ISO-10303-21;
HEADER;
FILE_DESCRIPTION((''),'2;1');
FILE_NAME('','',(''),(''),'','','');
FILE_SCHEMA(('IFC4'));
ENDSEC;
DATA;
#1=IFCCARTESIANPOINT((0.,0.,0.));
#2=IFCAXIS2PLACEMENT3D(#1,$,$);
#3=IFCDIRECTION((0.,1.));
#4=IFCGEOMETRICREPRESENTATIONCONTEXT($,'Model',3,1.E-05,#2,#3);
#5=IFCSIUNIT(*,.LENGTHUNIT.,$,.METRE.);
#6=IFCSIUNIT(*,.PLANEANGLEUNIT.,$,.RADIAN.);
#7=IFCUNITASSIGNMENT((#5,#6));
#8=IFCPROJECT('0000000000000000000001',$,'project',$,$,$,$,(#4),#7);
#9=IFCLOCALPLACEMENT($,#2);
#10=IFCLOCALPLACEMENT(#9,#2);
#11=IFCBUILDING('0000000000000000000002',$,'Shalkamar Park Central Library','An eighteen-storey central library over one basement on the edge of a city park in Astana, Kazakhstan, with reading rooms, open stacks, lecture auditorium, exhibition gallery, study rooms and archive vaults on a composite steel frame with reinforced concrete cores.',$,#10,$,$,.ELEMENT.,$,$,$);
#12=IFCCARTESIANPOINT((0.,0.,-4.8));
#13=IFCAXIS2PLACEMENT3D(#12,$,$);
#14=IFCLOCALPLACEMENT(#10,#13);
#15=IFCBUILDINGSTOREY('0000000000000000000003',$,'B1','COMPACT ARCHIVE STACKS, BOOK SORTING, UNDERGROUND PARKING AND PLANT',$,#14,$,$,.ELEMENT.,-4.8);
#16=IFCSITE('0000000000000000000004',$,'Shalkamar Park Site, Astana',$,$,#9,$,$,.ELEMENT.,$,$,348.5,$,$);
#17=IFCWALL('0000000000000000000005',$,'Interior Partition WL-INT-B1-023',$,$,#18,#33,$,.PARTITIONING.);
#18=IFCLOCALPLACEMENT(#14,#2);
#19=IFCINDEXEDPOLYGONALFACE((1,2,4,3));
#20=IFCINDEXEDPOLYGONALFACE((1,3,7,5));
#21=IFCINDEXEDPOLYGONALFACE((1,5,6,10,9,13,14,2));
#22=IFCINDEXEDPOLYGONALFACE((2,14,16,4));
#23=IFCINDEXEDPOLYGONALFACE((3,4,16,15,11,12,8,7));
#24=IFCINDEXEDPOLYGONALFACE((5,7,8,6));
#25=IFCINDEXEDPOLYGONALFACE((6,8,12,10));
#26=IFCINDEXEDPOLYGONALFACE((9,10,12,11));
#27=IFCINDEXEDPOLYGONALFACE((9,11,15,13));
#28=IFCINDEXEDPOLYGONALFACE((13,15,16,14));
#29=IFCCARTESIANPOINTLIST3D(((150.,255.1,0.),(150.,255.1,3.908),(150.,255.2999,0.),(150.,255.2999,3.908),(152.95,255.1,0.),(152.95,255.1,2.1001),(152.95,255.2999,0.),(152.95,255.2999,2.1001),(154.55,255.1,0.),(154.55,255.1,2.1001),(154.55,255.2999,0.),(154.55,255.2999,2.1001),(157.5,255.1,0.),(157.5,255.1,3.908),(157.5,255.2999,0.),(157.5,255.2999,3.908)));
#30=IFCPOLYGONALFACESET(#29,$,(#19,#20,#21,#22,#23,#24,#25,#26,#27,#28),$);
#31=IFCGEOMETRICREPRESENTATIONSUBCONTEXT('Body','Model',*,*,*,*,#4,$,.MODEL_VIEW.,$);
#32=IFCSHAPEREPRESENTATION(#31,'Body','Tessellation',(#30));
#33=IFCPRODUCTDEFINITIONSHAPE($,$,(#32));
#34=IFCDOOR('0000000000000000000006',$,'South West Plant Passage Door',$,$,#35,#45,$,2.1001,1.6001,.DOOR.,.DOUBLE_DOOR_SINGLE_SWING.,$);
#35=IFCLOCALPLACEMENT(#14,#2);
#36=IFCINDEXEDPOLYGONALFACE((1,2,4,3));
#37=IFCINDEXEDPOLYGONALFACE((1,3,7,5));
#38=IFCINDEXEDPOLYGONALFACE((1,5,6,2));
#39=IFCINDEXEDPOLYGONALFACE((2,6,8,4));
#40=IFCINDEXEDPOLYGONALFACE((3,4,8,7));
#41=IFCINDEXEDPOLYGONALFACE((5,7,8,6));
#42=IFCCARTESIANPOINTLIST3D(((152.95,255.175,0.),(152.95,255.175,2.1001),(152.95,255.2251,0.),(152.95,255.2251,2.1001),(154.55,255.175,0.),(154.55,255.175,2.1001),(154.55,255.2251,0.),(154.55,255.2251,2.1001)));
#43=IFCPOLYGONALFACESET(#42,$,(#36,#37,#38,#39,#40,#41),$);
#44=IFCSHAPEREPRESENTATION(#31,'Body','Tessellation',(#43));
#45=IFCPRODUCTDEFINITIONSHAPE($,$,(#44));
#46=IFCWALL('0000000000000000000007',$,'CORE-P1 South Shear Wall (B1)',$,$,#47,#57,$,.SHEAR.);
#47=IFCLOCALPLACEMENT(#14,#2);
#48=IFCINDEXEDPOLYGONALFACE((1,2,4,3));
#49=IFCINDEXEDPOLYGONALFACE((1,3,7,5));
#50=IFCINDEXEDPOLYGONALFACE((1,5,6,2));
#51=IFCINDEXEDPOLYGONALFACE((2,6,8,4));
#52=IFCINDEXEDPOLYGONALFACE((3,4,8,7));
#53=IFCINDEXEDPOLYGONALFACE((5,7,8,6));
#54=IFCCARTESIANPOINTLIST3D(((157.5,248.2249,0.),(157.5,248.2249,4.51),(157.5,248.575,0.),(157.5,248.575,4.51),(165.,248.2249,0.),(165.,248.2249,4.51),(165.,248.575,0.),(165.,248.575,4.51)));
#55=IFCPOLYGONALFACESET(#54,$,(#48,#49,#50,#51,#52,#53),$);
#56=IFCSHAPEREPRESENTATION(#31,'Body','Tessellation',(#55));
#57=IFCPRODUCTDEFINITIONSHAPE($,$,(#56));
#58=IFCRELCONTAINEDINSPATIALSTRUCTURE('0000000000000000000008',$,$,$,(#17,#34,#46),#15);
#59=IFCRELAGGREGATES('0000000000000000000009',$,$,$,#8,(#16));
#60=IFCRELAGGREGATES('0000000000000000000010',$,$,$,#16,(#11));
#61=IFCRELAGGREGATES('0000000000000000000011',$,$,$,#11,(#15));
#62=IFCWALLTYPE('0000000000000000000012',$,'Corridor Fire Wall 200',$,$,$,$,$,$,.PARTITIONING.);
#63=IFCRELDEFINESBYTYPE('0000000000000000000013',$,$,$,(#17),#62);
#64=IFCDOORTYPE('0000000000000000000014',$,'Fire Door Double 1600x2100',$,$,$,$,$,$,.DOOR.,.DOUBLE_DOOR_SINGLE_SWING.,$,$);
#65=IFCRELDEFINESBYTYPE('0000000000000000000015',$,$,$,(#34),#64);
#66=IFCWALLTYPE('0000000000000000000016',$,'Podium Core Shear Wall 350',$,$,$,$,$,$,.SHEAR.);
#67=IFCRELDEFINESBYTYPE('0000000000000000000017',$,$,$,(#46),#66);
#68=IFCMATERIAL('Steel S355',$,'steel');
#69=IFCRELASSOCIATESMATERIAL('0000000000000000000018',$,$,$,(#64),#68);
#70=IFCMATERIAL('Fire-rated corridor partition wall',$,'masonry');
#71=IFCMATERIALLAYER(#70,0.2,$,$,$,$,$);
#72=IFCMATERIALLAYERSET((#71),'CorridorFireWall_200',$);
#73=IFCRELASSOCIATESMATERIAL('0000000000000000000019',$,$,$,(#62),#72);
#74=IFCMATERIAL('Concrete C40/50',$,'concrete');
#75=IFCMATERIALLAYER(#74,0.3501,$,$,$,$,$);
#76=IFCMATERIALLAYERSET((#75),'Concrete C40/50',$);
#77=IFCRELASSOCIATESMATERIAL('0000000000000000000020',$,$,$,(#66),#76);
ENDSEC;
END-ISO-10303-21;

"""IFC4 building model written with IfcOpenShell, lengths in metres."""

from ifc_helpers import new_model, si_unit, direction, frame, frame_2d, origin, place, context, subcontext, project, spatial, rectangle, extrude, material, layer, layer_set, type_object, element, fill, save


model = new_model("IFC4")

# Units and contexts
model_context = context("Model", 3, precision=1e-05, world=origin(), true_north=direction((0.0, 1.0)))
body_context = subcontext(model_context, "Body", "Model", "MODEL_VIEW")
ifc_project = project(units=[si_unit("LENGTHUNIT", "METRE"), si_unit("PLANEANGLEUNIT", "RADIAN")], contexts=[model_context])

# Site, building, storey
site_placement = place(None, origin())
site = spatial("IfcSite", under=ifc_project, at=site_placement, Name="Shalkamar Park Site, Astana", CompositionType="ELEMENT", RefElevation=348.5)
building_placement = place(site_placement, origin())
building = spatial("IfcBuilding", under=site, at=building_placement, Name="Shalkamar Park Central Library", Description="An eighteen-storey central library over one basement on the edge of a city park in Astana, Kazakhstan, with reading rooms, open stacks, lecture auditorium, exhibition gallery, study rooms and archive vaults on a composite steel frame with reinforced concrete cores.", CompositionType="ELEMENT")
storey_placement = place(building_placement, frame((0.0, 0.0, -4.8)))
storey = spatial("IfcBuildingStorey", under=building, at=storey_placement, Name="B1", Description="COMPACT ARCHIVE STACKS, BOOK SORTING, UNDERGROUND PARKING AND PLANT", CompositionType="ELEMENT", Elevation=-4.8)

# Shared definitions
ifc_material_1 = material(Name="Concrete C40/50", Category="concrete")
ifc_material_2 = material(Name="Steel S355", Category="steel")

# Shared definitions
door_type_1 = type_object("IfcDoorType", Name="Fire Door Double 1600x2100", OperationType="DOUBLE_DOOR_SINGLE_SWING", PredefinedType="DOOR", material=ifc_material_2)

# Shared definitions
ifc_material_3 = material(Name="Fire-rated corridor partition wall", Category="masonry")
ifc_layer_1 = layer(ifc_material_3, 0.2)
ifc_layer_set_1 = layer_set([ifc_layer_1], Name="CorridorFireWall_200")
wall_type_1 = type_object("IfcWallType", Name="Corridor Fire Wall 200", PredefinedType="PARTITIONING", material=ifc_layer_set_1)

# Wall, opening, door
wall_1_placement = place(storey_placement, frame((150.0, 255.2, 0.0), z_axis=(0.0, 0.0, 1.0), x_axis=(1.0, 0.0, 0.0)))
wall_1 = element("IfcWall", 1, at=wall_1_placement, inside=storey, type_object=wall_type_1, Name="Interior Partition WL-INT-B1-023", PredefinedType="PARTITIONING", context=body_context, shape_type="SweptSolid", body=[
    extrude(rectangle(XDim=7.5, YDim=0.2, at=frame_2d((3.75, 0.0))), origin(), (0.0, 0.0, 1.0), 3.908),
])
opening_1_placement = place(wall_1_placement, frame((2.95, 0.0, 0.0)))
opening_1 = element("IfcOpeningElement", 2, at=opening_1_placement, cuts=wall_1, PredefinedType="OPENING", context=body_context, shape_type="SweptSolid", body=[
    extrude(rectangle(XDim=1.6001, YDim=2.1001, at=frame_2d((0.8, 1.05))), frame((0.0, 0.1147, 0.0), z_axis=(0.0, -1.0, 0.0), x_axis=(1.0, 0.0, 0.0)), (0.0, 0.0, 1.0), 0.2297),
])
door_1_placement = place(opening_1_placement, frame((1.6001, 0.0, 0.0), z_axis=(0.0, 0.0, 1.0), x_axis=(-1.0, 0.0, 0.0)))
door_1 = element("IfcDoor", 3, at=door_1_placement, inside=storey, type_object=door_type_1, Name="South West Plant Passage Door", OperationType="DOUBLE_DOOR_SINGLE_SWING", OverallHeight=2.1001, OverallWidth=1.6001, PredefinedType="DOOR", context=body_context, shape_type="SweptSolid", body=[
    extrude(rectangle(XDim=1.6001, YDim=2.1001, at=frame_2d((0.8, 1.05))), frame((0.0, 0.0249, 0.0), z_axis=(0.0, -1.0, 0.0), x_axis=(1.0, 0.0, 0.0)), (0.0, 0.0, 1.0), 0.05),
])
fill(opening_1, door_1)

# Wall
ifc_layer_2 = layer(ifc_material_1, 0.3501)
ifc_layer_set_2 = layer_set([ifc_layer_2], Name="Concrete C40/50")
wall_type_2 = type_object("IfcWallType", Name="Podium Core Shear Wall 350", PredefinedType="SHEAR", material=ifc_layer_set_2)
wall_2_placement = place(storey_placement, frame((157.5, 248.3999, 0.0), z_axis=(0.0, 0.0, 1.0), x_axis=(1.0, 0.0, 0.0)))
element("IfcWall", 4, at=wall_2_placement, inside=storey, type_object=wall_type_2, Name="CORE-P1 South Shear Wall (B1)", PredefinedType="SHEAR", context=body_context, shape_type="SweptSolid", body=[
    extrude(rectangle(XDim=7.5, YDim=0.3501, at=frame_2d((3.75, 0.0))), origin(), (0.0, 0.0, 1.0), 4.51),
])

save(model, "model.ifc")
